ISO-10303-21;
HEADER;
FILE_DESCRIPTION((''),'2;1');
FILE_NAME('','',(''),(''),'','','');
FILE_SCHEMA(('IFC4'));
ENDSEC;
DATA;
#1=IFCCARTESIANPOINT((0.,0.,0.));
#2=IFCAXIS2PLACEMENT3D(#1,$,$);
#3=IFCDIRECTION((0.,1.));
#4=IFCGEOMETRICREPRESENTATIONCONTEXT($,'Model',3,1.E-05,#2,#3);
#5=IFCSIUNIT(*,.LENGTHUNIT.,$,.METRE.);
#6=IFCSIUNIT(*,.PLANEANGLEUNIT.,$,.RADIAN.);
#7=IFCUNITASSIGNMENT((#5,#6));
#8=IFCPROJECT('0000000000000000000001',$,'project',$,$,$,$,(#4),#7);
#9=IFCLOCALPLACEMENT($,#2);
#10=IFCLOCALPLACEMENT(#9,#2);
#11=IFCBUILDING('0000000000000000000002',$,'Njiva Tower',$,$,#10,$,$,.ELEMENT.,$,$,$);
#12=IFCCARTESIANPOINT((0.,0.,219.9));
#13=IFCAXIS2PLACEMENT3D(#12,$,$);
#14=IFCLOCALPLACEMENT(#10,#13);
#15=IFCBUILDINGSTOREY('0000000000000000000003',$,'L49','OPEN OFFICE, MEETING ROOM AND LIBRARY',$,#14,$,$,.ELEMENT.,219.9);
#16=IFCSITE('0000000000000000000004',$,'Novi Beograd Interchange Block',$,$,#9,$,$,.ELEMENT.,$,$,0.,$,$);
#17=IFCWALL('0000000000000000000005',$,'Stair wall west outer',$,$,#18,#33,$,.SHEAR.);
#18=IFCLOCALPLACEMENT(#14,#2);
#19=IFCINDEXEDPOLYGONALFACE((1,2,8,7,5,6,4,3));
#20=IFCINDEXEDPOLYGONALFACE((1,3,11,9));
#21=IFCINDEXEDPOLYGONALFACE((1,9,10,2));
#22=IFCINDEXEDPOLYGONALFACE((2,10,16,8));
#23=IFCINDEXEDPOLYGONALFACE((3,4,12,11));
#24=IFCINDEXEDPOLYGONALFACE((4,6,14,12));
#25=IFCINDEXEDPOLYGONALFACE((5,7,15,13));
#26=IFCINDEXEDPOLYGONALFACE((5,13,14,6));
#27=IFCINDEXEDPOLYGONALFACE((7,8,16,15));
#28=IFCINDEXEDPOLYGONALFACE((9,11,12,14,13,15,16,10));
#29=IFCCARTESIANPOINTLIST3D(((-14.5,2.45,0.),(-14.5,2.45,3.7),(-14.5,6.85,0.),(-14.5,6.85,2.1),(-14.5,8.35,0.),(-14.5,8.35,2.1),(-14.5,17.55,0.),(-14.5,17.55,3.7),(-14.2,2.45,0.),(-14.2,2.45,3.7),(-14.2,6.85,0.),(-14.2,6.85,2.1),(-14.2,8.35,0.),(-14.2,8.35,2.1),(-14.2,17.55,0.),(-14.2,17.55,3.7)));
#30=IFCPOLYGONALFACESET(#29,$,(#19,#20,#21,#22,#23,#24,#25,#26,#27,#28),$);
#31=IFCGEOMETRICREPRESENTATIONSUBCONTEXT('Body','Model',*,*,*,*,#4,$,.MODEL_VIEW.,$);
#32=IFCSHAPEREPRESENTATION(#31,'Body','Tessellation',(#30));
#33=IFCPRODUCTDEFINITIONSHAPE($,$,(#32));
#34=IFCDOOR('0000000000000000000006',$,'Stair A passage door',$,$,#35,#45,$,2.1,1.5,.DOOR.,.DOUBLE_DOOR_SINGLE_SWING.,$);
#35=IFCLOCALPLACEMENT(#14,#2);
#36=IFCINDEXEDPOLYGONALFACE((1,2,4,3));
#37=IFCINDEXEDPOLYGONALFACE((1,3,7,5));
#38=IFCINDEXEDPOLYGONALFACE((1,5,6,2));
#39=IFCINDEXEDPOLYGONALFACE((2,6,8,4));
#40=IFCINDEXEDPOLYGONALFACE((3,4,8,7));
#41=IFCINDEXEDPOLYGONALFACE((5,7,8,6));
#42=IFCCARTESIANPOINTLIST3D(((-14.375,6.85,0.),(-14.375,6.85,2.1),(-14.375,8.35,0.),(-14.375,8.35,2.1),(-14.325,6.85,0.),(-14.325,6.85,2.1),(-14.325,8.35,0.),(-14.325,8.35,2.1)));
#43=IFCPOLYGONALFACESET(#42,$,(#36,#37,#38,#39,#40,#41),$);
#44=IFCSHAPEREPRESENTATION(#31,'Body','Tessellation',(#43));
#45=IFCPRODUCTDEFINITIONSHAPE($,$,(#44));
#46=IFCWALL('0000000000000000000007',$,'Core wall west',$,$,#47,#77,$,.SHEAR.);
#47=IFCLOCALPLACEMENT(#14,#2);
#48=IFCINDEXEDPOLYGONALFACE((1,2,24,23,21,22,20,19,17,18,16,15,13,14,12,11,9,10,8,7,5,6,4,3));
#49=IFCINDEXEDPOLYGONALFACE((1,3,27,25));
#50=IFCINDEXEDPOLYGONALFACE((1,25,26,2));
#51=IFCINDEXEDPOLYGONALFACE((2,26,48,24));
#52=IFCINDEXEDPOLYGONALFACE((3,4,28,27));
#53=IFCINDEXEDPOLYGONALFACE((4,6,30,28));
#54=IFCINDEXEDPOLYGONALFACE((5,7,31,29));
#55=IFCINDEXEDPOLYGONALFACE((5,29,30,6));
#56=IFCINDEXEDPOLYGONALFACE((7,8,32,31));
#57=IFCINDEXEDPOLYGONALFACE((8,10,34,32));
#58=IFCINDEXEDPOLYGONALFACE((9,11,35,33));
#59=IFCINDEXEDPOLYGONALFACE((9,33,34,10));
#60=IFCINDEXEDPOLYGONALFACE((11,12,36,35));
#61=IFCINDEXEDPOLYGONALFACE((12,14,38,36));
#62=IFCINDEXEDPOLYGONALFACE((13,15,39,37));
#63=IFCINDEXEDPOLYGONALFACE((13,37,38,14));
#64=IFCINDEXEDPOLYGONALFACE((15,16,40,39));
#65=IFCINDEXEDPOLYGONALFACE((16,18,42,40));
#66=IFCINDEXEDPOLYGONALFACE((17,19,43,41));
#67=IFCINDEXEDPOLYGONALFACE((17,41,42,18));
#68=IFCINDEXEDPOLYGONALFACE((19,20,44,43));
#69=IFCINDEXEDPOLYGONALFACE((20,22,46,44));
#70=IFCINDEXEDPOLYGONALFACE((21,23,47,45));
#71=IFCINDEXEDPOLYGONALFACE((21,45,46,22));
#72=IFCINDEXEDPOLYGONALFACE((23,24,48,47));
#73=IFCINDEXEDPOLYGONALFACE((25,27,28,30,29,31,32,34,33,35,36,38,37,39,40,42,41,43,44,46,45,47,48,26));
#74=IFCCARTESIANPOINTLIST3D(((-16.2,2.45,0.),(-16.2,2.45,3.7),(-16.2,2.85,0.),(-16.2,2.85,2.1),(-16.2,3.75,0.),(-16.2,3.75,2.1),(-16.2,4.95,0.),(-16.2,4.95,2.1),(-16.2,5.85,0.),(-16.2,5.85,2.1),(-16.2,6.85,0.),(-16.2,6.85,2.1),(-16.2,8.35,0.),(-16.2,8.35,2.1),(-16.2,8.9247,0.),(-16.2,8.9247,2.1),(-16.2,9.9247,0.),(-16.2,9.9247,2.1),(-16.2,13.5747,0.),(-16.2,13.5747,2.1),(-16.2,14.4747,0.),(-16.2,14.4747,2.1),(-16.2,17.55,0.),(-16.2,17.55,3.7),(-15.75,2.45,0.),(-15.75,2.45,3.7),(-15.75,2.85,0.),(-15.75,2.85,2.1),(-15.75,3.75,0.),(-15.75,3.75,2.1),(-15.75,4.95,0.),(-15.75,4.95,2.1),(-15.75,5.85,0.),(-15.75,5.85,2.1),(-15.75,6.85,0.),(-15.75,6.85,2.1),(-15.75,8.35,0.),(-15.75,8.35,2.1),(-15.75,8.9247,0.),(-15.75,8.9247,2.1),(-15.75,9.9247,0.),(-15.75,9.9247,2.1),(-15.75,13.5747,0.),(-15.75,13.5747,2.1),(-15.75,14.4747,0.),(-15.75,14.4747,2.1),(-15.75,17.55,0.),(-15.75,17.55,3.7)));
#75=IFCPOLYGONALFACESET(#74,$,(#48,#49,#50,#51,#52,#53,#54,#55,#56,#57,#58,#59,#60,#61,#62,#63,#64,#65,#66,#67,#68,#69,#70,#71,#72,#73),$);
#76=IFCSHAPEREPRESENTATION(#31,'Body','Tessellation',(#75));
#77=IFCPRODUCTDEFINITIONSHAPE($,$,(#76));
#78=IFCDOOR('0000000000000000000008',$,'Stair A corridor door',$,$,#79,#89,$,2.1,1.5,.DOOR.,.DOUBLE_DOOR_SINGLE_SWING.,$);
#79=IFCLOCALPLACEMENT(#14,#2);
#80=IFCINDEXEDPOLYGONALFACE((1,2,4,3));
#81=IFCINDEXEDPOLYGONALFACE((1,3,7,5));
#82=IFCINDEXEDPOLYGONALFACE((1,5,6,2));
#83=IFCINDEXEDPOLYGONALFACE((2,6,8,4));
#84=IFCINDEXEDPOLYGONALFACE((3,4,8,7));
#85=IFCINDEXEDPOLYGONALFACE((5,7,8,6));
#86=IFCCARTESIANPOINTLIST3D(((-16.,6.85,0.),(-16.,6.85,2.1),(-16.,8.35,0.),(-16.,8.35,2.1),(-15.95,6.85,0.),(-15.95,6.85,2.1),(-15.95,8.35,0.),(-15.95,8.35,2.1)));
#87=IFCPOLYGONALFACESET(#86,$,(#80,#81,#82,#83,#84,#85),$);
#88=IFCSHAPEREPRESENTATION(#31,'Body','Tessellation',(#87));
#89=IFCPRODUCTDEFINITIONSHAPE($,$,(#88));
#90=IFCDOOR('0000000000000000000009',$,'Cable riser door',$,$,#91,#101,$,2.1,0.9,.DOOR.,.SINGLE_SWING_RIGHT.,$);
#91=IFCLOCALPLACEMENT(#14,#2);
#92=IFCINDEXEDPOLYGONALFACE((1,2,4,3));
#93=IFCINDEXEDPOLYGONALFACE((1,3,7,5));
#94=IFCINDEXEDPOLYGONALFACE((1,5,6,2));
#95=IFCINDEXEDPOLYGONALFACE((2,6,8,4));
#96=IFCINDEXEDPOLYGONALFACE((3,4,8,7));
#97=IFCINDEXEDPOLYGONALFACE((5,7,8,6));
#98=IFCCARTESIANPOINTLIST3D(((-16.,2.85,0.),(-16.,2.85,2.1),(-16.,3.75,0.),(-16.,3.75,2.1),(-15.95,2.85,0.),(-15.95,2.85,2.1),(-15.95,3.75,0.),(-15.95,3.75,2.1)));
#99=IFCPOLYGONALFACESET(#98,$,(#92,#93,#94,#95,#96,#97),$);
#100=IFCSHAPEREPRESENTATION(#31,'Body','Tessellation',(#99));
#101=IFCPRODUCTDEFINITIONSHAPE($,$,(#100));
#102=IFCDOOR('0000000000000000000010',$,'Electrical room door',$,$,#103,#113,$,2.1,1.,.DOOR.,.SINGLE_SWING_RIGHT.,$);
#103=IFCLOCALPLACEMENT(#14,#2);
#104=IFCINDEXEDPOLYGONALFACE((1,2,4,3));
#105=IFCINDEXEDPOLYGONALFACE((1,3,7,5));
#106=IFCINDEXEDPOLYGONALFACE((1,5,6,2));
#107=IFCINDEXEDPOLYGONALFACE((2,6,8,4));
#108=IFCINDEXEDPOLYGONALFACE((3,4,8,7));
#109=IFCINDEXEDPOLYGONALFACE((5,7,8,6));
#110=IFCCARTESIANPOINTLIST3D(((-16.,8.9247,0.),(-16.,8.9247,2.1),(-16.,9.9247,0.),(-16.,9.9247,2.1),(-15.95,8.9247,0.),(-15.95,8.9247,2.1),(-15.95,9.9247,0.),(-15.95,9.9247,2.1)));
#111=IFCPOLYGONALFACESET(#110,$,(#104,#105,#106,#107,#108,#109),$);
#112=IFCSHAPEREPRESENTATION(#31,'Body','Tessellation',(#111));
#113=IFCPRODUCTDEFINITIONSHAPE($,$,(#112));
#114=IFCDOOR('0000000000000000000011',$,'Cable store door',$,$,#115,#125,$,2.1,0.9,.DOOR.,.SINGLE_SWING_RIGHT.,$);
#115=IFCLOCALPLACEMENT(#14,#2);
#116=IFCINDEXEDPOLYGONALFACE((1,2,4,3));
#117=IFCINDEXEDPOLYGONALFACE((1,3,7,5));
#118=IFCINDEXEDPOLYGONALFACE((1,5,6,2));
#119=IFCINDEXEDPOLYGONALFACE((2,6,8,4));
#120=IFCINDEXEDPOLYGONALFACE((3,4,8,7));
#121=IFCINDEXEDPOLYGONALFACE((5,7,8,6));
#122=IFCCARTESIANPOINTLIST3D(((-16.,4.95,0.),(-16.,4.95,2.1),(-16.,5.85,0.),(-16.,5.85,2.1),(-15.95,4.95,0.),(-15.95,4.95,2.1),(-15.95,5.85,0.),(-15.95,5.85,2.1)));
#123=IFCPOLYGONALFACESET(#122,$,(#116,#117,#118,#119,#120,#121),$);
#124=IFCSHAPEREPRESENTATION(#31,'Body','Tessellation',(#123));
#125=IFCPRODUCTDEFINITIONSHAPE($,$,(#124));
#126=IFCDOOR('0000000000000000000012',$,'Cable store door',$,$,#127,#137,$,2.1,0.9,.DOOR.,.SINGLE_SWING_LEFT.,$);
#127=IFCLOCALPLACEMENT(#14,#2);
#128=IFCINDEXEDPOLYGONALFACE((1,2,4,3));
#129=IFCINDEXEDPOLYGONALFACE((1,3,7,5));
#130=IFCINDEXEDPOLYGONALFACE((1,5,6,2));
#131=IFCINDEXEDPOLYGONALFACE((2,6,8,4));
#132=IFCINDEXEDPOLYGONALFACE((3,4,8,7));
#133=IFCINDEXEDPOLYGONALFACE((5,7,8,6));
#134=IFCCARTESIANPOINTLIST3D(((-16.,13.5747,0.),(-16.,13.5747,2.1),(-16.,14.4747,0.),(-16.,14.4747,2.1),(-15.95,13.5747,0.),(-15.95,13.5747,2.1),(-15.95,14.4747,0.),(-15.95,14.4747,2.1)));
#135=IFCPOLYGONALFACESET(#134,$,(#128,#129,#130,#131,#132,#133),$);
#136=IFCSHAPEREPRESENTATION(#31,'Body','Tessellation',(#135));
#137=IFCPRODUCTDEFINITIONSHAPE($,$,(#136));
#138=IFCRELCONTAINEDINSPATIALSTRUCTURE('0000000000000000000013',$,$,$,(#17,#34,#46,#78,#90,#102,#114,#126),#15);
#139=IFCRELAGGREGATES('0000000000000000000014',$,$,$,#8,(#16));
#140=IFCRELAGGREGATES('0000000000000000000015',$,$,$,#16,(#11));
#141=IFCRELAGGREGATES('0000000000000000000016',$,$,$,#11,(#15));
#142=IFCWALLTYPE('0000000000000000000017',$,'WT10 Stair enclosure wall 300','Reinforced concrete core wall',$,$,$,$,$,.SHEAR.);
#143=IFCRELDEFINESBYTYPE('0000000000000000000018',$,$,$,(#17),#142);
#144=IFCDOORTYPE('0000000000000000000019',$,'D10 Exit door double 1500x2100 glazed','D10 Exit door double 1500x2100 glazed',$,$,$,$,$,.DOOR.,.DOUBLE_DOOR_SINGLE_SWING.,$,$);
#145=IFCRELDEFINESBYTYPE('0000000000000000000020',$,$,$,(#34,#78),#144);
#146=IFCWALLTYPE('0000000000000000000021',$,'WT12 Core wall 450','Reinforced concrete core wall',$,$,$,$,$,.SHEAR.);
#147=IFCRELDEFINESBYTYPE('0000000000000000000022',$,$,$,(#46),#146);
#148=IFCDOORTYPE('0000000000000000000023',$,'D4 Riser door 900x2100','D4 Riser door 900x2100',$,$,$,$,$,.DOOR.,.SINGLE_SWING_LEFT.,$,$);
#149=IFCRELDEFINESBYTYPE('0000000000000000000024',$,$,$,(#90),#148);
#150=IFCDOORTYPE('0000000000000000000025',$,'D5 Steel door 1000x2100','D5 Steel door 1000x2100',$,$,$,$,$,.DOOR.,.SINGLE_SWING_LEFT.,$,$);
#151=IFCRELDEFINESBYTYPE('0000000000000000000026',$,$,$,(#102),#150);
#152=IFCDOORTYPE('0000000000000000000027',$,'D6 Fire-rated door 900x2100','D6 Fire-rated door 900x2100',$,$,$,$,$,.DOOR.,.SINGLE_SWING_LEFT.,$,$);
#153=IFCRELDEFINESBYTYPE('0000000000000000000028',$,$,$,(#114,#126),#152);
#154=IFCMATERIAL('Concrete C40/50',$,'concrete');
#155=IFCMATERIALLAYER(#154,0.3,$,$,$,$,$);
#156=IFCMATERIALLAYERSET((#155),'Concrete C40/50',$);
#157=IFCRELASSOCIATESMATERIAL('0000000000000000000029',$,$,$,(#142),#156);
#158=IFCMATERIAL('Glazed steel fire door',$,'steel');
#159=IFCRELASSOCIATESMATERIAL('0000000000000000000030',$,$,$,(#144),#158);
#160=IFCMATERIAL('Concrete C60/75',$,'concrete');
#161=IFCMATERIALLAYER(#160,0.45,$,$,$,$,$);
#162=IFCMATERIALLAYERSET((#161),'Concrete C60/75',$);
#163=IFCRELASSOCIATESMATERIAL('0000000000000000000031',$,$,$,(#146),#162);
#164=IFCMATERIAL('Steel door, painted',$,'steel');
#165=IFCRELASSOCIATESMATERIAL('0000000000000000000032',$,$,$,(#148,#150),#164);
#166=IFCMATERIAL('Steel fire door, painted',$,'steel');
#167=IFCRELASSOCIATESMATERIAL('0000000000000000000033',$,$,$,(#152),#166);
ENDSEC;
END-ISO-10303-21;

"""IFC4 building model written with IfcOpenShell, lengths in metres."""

from ifc_helpers import new_model, si_unit, direction, frame, frame_2d, origin, place, context, subcontext, project, spatial, rectangle, extrude, material, layer, layer_set, type_object, element, fill, save


model = new_model("IFC4")

# Units and contexts
model_context = context("Model", 3, precision=1e-05, world=origin(), true_north=direction((0.0, 1.0)))
body_context = subcontext(model_context, "Body", "Model", "MODEL_VIEW")
ifc_project = project(units=[si_unit("LENGTHUNIT", "METRE"), si_unit("PLANEANGLEUNIT", "RADIAN")], contexts=[model_context])

# Site, building, storey
site_placement = place(None, origin())
site = spatial("IfcSite", under=ifc_project, at=site_placement, Name="Novi Beograd Interchange Block", CompositionType="ELEMENT", RefElevation=0.0)
building_placement = place(site_placement, origin())
building = spatial("IfcBuilding", under=site, at=building_placement, Name="Njiva Tower", CompositionType="ELEMENT")
storey_placement = place(building_placement, frame((0.0, 0.0, 219.9)))
storey = spatial("IfcBuildingStorey", under=building, at=storey_placement, Name="L49", Description="OPEN OFFICE, MEETING ROOM AND LIBRARY", CompositionType="ELEMENT", Elevation=219.9)

# Wall, opening, door
ifc_material_1 = material(Name="Concrete C40/50", Category="concrete")
ifc_layer_1 = layer(ifc_material_1, 0.3)
ifc_layer_set_1 = layer_set([ifc_layer_1], Name="Concrete C40/50")
wall_type_1 = type_object("IfcWallType", Name="WT10 Stair enclosure wall 300", Description="Reinforced concrete core wall", PredefinedType="SHEAR", material=ifc_layer_set_1)
wall_1_placement = place(storey_placement, frame((-14.35, 2.45, 0.0), z_axis=(0.0, 0.0, 1.0), x_axis=(0.0, 1.0, 0.0)))
wall_1 = element("IfcWall", 1, at=wall_1_placement, inside=storey, type_object=wall_type_1, Name="Stair wall west outer", PredefinedType="SHEAR", context=body_context, shape_type="SweptSolid", body=[
    extrude(rectangle(XDim=15.1, YDim=0.3, at=frame_2d((7.55, 0.0))), origin(), (0.0, 0.0, 1.0), 3.7),
])
opening_1_placement = place(wall_1_placement, frame((4.4, 0.0, 0.0)))
opening_1 = element("IfcOpeningElement", 2, at=opening_1_placement, cuts=wall_1, PredefinedType="OPENING", context=body_context, shape_type="SweptSolid", body=[
    extrude(rectangle(XDim=1.5, YDim=2.1, at=frame_2d((0.75, 1.05))), frame((0.0, 0.16, 0.0), z_axis=(0.0, -1.0, 0.0), x_axis=(1.0, 0.0, 0.0)), (0.0, 0.0, 1.0), 0.32),
])
ifc_material_2 = material(Name="Glazed steel fire door", Category="steel")
door_type_1 = type_object("IfcDoorType", Name="D10 Exit door double 1500x2100 glazed", Description="D10 Exit door double 1500x2100 glazed", OperationType="DOUBLE_DOOR_SINGLE_SWING", PredefinedType="DOOR", material=ifc_material_2)
door_1_placement = place(opening_1_placement, origin())
door_1 = element("IfcDoor", 3, at=door_1_placement, inside=storey, type_object=door_type_1, Name="Stair A passage door", OperationType="DOUBLE_DOOR_SINGLE_SWING", OverallHeight=2.1, OverallWidth=1.5, PredefinedType="DOOR", context=body_context, shape_type="SweptSolid", body=[
    extrude(rectangle(XDim=1.5, YDim=2.1, at=frame_2d((0.75, 1.05))), frame((0.0, 0.025, 0.0), z_axis=(0.0, -1.0, 0.0), x_axis=(1.0, 0.0, 0.0)), (0.0, 0.0, 1.0), 0.05),
])
fill(opening_1, door_1)

# Wall, openings, doors
ifc_material_3 = material(Name="Concrete C60/75", Category="concrete")
ifc_layer_2 = layer(ifc_material_3, 0.45)
ifc_layer_set_2 = layer_set([ifc_layer_2], Name="Concrete C60/75")
wall_type_2 = type_object("IfcWallType", Name="WT12 Core wall 450", Description="Reinforced concrete core wall", PredefinedType="SHEAR", material=ifc_layer_set_2)
wall_2_placement = place(storey_placement, frame((-15.975, 2.45, 0.0), z_axis=(0.0, 0.0, 1.0), x_axis=(0.0, 1.0, 0.0)))
wall_2 = element("IfcWall", 4, at=wall_2_placement, inside=storey, type_object=wall_type_2, Name="Core wall west", PredefinedType="SHEAR", context=body_context, shape_type="SweptSolid", body=[
    extrude(rectangle(XDim=15.1, YDim=0.45, at=frame_2d((7.55, 0.0))), origin(), (0.0, 0.0, 1.0), 3.7),
])
opening_2_placement = place(wall_2_placement, frame((4.4, 0.0, 0.0)))
opening_2 = element("IfcOpeningElement", 5, at=opening_2_placement, cuts=wall_2, PredefinedType="OPENING", context=body_context, shape_type="SweptSolid", body=[
    extrude(rectangle(XDim=1.5, YDim=2.1, at=frame_2d((0.75, 1.05))), frame((0.0, 0.235, 0.0), z_axis=(0.0, -1.0, 0.0), x_axis=(1.0, 0.0, 0.0)), (0.0, 0.0, 1.0), 0.47),
])
opening_3_placement = place(wall_2_placement, frame((0.4, 0.0, 0.0)))
opening_3 = element("IfcOpeningElement", 6, at=opening_3_placement, cuts=wall_2, PredefinedType="OPENING", context=body_context, shape_type="SweptSolid", body=[
    extrude(rectangle(XDim=0.9, YDim=2.1, at=frame_2d((0.45, 1.05))), frame((0.0, 0.235, 0.0), z_axis=(0.0, -1.0, 0.0), x_axis=(1.0, 0.0, 0.0)), (0.0, 0.0, 1.0), 0.47),
])
opening_4_placement = place(wall_2_placement, frame((2.5, 0.0, 0.0)))
opening_4 = element("IfcOpeningElement", 7, at=opening_4_placement, cuts=wall_2, PredefinedType="OPENING", context=body_context, shape_type="SweptSolid", body=[
    extrude(rectangle(XDim=0.9, YDim=2.1, at=frame_2d((0.45, 1.05))), frame((0.0, 0.235, 0.0), z_axis=(0.0, -1.0, 0.0), x_axis=(1.0, 0.0, 0.0)), (0.0, 0.0, 1.0), 0.47),
])
opening_5_placement = place(wall_2_placement, frame((6.4747, 0.0, 0.0)))
opening_5 = element("IfcOpeningElement", 8, at=opening_5_placement, cuts=wall_2, PredefinedType="OPENING", context=body_context, shape_type="SweptSolid", body=[
    extrude(rectangle(XDim=1.0, YDim=2.1, at=frame_2d((0.5, 1.05))), frame((0.0, 0.235, 0.0), z_axis=(0.0, -1.0, 0.0), x_axis=(1.0, 0.0, 0.0)), (0.0, 0.0, 1.0), 0.47),
])
opening_6_placement = place(wall_2_placement, frame((11.1247, 0.0, 0.0)))
opening_6 = element("IfcOpeningElement", 9, at=opening_6_placement, cuts=wall_2, PredefinedType="OPENING", context=body_context, shape_type="SweptSolid", body=[
    extrude(rectangle(XDim=0.9, YDim=2.1, at=frame_2d((0.45, 1.05))), frame((0.0, 0.235, 0.0), z_axis=(0.0, -1.0, 0.0), x_axis=(1.0, 0.0, 0.0)), (0.0, 0.0, 1.0), 0.47),
])
door_2_placement = place(opening_2_placement, origin())
door_2 = element("IfcDoor", 10, at=door_2_placement, inside=storey, type_object=door_type_1, Name="Stair A corridor door", OperationType="DOUBLE_DOOR_SINGLE_SWING", OverallHeight=2.1, OverallWidth=1.5, PredefinedType="DOOR", context=body_context, shape_type="SweptSolid", body=[
    extrude(rectangle(XDim=1.5, YDim=2.1, at=frame_2d((0.75, 1.05))), frame((0.0, 0.025, 0.0), z_axis=(0.0, -1.0, 0.0), x_axis=(1.0, 0.0, 0.0)), (0.0, 0.0, 1.0), 0.05),
])
fill(opening_2, door_2)
ifc_material_4 = material(Name="Steel door, painted", Category="steel")
door_type_2 = type_object("IfcDoorType", Name="D4 Riser door 900x2100", Description="D4 Riser door 900x2100", OperationType="SINGLE_SWING_LEFT", PredefinedType="DOOR", material=ifc_material_4)
door_3_placement = place(opening_3_placement, origin())
door_3 = element("IfcDoor", 11, at=door_3_placement, inside=storey, type_object=door_type_2, Name="Cable riser door", OperationType="SINGLE_SWING_RIGHT", OverallHeight=2.1, OverallWidth=0.9, PredefinedType="DOOR", context=body_context, shape_type="SweptSolid", body=[
    extrude(rectangle(XDim=0.9, YDim=2.1, at=frame_2d((0.45, 1.05))), frame((0.0, 0.025, 0.0), z_axis=(0.0, -1.0, 0.0), x_axis=(1.0, 0.0, 0.0)), (0.0, 0.0, 1.0), 0.05),
])
fill(opening_3, door_3)
door_type_3 = type_object("IfcDoorType", Name="D5 Steel door 1000x2100", Description="D5 Steel door 1000x2100", OperationType="SINGLE_SWING_LEFT", PredefinedType="DOOR", material=ifc_material_4)
door_4_placement = place(opening_5_placement, origin())
door_4 = element("IfcDoor", 12, at=door_4_placement, inside=storey, type_object=door_type_3, Name="Electrical room door", OperationType="SINGLE_SWING_RIGHT", OverallHeight=2.1, OverallWidth=1.0, PredefinedType="DOOR", context=body_context, shape_type="SweptSolid", body=[
    extrude(rectangle(XDim=1.0, YDim=2.1, at=frame_2d((0.5, 1.05))), frame((0.0, 0.025, 0.0), z_axis=(0.0, -1.0, 0.0), x_axis=(1.0, 0.0, 0.0)), (0.0, 0.0, 1.0), 0.05),
])
fill(opening_5, door_4)
ifc_material_5 = material(Name="Steel fire door, painted", Category="steel")
door_type_4 = type_object("IfcDoorType", Name="D6 Fire-rated door 900x2100", Description="D6 Fire-rated door 900x2100", OperationType="SINGLE_SWING_LEFT", PredefinedType="DOOR", material=ifc_material_5)
door_5_placement = place(opening_4_placement, origin())
door_5 = element("IfcDoor", 13, at=door_5_placement, inside=storey, type_object=door_type_4, Name="Cable store door", OperationType="SINGLE_SWING_RIGHT", OverallHeight=2.1, OverallWidth=0.9, PredefinedType="DOOR", context=body_context, shape_type="SweptSolid", body=[
    extrude(rectangle(XDim=0.9, YDim=2.1, at=frame_2d((0.45, 1.05))), frame((0.0, 0.025, 0.0), z_axis=(0.0, -1.0, 0.0), x_axis=(1.0, 0.0, 0.0)), (0.0, 0.0, 1.0), 0.05),
])
fill(opening_4, door_5)
door_6_placement = place(opening_6_placement, origin())
door_6 = element("IfcDoor", 14, at=door_6_placement, inside=storey, type_object=door_type_4, Name="Cable store door", OperationType="SINGLE_SWING_LEFT", OverallHeight=2.1, OverallWidth=0.9, PredefinedType="DOOR", context=body_context, shape_type="SweptSolid", body=[
    extrude(rectangle(XDim=0.9, YDim=2.1, at=frame_2d((0.45, 1.05))), frame((0.0, 0.025, 0.0), z_axis=(0.0, -1.0, 0.0), x_axis=(1.0, 0.0, 0.0)), (0.0, 0.0, 1.0), 0.05),
])
fill(opening_6, door_6)

save(model, "model.ifc")
